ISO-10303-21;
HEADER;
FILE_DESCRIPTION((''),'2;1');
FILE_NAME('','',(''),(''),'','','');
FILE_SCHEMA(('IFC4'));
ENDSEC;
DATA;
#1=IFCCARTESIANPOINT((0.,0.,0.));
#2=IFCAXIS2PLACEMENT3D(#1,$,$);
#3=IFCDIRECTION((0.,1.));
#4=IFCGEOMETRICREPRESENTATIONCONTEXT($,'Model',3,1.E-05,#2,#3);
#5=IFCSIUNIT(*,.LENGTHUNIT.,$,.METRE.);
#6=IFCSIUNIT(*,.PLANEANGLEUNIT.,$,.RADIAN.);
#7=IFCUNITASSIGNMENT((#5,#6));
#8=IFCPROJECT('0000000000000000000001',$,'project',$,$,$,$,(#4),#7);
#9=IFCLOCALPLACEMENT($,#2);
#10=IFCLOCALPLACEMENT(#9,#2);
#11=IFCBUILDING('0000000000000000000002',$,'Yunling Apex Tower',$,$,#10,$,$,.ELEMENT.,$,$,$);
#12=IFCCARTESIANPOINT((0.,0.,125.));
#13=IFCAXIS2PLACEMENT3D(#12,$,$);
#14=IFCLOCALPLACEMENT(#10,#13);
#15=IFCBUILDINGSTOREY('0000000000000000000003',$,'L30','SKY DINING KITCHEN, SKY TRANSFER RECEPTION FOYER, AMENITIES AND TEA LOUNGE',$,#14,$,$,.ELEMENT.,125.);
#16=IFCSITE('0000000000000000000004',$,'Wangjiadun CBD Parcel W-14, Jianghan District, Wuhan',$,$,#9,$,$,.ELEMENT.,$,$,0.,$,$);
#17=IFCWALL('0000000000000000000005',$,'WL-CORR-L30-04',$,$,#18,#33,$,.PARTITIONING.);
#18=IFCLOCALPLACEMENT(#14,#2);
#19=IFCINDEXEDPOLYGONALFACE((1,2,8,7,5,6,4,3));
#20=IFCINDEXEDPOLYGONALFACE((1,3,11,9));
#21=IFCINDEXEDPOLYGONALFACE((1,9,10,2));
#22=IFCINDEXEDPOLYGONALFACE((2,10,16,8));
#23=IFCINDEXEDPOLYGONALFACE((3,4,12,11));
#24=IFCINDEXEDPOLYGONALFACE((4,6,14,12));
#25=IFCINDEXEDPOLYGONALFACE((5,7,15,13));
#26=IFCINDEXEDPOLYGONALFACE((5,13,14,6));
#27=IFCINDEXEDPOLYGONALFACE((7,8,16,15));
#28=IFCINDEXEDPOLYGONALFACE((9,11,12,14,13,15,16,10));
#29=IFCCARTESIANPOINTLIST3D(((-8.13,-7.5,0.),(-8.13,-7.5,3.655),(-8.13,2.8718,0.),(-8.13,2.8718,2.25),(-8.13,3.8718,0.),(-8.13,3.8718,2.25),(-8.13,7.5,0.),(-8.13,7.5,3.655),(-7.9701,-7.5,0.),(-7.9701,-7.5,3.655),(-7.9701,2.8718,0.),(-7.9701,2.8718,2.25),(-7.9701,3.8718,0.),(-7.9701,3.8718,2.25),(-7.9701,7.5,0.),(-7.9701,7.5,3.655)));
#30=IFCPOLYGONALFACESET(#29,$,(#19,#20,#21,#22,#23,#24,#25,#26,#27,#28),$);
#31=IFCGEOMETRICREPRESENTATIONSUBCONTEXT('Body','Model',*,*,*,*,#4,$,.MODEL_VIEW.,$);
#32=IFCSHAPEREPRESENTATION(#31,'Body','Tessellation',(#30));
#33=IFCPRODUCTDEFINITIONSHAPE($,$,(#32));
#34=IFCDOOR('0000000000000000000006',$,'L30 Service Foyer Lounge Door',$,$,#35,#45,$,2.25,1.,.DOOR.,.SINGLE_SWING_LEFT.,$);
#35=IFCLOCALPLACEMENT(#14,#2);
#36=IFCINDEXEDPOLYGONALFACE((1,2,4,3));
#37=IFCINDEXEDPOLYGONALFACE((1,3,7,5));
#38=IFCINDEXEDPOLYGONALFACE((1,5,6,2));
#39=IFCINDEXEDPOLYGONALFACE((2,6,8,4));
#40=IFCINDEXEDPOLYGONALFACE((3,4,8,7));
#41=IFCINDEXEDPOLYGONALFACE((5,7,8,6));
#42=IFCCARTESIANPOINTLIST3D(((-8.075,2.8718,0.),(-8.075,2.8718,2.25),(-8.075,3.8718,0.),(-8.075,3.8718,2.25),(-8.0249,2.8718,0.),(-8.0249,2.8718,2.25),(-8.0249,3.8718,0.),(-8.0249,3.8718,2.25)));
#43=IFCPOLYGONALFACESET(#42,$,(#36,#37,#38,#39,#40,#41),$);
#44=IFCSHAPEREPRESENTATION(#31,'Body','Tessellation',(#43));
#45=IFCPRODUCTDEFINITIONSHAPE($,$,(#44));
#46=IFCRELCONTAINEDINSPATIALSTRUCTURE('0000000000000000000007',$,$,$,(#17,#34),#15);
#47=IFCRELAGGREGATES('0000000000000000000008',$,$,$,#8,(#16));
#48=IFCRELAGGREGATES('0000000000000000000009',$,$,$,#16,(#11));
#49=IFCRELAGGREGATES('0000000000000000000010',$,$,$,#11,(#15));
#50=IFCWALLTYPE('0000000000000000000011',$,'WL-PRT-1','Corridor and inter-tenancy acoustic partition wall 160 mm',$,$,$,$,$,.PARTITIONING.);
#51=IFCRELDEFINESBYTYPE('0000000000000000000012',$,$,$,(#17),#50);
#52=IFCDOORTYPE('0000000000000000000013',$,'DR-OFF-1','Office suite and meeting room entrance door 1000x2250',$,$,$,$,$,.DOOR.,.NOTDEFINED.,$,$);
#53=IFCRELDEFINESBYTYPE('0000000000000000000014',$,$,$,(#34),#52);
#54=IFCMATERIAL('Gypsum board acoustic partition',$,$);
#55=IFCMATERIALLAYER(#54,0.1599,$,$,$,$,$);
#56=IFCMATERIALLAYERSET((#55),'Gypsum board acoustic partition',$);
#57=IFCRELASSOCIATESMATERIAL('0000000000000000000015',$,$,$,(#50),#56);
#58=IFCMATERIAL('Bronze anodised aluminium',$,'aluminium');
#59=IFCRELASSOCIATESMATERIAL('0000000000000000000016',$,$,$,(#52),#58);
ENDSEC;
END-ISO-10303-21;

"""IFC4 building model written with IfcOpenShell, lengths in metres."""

from ifc_helpers import new_model, si_unit, direction, frame, frame_2d, origin, place, context, subcontext, project, spatial, rectangle, extrude, material, layer, layer_set, type_object, element, fill, save


model = new_model("IFC4")

# Units and contexts
model_context = context("Model", 3, precision=1e-05, world=origin(), true_north=direction((0.0, 1.0)))
body_context = subcontext(model_context, "Body", "Model", "MODEL_VIEW")
ifc_project = project(units=[si_unit("LENGTHUNIT", "METRE"), si_unit("PLANEANGLEUNIT", "RADIAN")], contexts=[model_context])

# Site, building, storey
site_placement = place(None, origin())
site = spatial("IfcSite", under=ifc_project, at=site_placement, Name="Wangjiadun CBD Parcel W-14, Jianghan District, Wuhan", CompositionType="ELEMENT", RefElevation=0.0)
building_placement = place(site_placement, origin())
building = spatial("IfcBuilding", under=site, at=building_placement, Name="Yunling Apex Tower", CompositionType="ELEMENT")
storey_placement = place(building_placement, frame((0.0, 0.0, 125.0)))
storey = spatial("IfcBuildingStorey", under=building, at=storey_placement, Name="L30", Description="SKY DINING KITCHEN, SKY TRANSFER RECEPTION FOYER, AMENITIES AND TEA LOUNGE", CompositionType="ELEMENT", Elevation=125.0)

# Shared definitions
ifc_material_1 = material(Name="Bronze anodised aluminium", Category="aluminium")

# Shared definitions
ifc_material_2 = material(Name="Gypsum board acoustic partition")
ifc_layer_1 = layer(ifc_material_2, 0.1599)
ifc_layer_set_1 = layer_set([ifc_layer_1], Name="Gypsum board acoustic partition")
wall_type = type_object("IfcWallType", Name="WL-PRT-1", Description="Corridor and inter-tenancy acoustic partition wall 160 mm", PredefinedType="PARTITIONING", material=ifc_layer_set_1)
door_type = type_object("IfcDoorType", Name="DR-OFF-1", Description="Office suite and meeting room entrance door 1000x2250", OperationType="NOTDEFINED", PredefinedType="DOOR", material=ifc_material_1)

# Wall, opening, door
wall_1_placement = place(storey_placement, frame((-8.05, -7.5, 0.0), z_axis=(0.0, 0.0, 1.0), x_axis=(0.0, 1.0, 0.0)))
wall_1 = element("IfcWall", 1, at=wall_1_placement, inside=storey, type_object=wall_type, Name="WL-CORR-L30-04", PredefinedType="PARTITIONING", context=body_context, shape_type="SweptSolid", body=[
    extrude(rectangle(XDim=15.0, YDim=0.1599, at=frame_2d((7.5, 0.0))), origin(), (0.0, 0.0, 1.0), 3.655),
])
opening_1_placement = place(wall_1_placement, frame((10.3718, 0.0, 0.0)))
opening_1 = element("IfcOpeningElement", 2, at=opening_1_placement, cuts=wall_1, PredefinedType="OPENING", context=body_context, shape_type="SweptSolid", body=[
    extrude(rectangle(XDim=1.0, YDim=2.25, at=frame_2d((0.5, 1.125))), frame((0.0, 0.0898, 0.0), z_axis=(0.0, -1.0, 0.0), x_axis=(1.0, 0.0, 0.0)), (0.0, 0.0, 1.0), 0.1799),
])
door_1_placement = place(opening_1_placement, origin())
door_1 = element("IfcDoor", 3, at=door_1_placement, inside=storey, type_object=door_type, Name="L30 Service Foyer Lounge Door", OperationType="SINGLE_SWING_LEFT", OverallHeight=2.25, OverallWidth=1.0, PredefinedType="DOOR", context=body_context, shape_type="SweptSolid", body=[
    extrude(rectangle(XDim=1.0, YDim=2.25, at=frame_2d((0.5, 1.125))), frame((0.0, 0.0249, 0.0), z_axis=(0.0, -1.0, 0.0), x_axis=(1.0, 0.0, 0.0)), (0.0, 0.0, 1.0), 0.05),
])
fill(opening_1, door_1)

save(model, "model.ifc")
